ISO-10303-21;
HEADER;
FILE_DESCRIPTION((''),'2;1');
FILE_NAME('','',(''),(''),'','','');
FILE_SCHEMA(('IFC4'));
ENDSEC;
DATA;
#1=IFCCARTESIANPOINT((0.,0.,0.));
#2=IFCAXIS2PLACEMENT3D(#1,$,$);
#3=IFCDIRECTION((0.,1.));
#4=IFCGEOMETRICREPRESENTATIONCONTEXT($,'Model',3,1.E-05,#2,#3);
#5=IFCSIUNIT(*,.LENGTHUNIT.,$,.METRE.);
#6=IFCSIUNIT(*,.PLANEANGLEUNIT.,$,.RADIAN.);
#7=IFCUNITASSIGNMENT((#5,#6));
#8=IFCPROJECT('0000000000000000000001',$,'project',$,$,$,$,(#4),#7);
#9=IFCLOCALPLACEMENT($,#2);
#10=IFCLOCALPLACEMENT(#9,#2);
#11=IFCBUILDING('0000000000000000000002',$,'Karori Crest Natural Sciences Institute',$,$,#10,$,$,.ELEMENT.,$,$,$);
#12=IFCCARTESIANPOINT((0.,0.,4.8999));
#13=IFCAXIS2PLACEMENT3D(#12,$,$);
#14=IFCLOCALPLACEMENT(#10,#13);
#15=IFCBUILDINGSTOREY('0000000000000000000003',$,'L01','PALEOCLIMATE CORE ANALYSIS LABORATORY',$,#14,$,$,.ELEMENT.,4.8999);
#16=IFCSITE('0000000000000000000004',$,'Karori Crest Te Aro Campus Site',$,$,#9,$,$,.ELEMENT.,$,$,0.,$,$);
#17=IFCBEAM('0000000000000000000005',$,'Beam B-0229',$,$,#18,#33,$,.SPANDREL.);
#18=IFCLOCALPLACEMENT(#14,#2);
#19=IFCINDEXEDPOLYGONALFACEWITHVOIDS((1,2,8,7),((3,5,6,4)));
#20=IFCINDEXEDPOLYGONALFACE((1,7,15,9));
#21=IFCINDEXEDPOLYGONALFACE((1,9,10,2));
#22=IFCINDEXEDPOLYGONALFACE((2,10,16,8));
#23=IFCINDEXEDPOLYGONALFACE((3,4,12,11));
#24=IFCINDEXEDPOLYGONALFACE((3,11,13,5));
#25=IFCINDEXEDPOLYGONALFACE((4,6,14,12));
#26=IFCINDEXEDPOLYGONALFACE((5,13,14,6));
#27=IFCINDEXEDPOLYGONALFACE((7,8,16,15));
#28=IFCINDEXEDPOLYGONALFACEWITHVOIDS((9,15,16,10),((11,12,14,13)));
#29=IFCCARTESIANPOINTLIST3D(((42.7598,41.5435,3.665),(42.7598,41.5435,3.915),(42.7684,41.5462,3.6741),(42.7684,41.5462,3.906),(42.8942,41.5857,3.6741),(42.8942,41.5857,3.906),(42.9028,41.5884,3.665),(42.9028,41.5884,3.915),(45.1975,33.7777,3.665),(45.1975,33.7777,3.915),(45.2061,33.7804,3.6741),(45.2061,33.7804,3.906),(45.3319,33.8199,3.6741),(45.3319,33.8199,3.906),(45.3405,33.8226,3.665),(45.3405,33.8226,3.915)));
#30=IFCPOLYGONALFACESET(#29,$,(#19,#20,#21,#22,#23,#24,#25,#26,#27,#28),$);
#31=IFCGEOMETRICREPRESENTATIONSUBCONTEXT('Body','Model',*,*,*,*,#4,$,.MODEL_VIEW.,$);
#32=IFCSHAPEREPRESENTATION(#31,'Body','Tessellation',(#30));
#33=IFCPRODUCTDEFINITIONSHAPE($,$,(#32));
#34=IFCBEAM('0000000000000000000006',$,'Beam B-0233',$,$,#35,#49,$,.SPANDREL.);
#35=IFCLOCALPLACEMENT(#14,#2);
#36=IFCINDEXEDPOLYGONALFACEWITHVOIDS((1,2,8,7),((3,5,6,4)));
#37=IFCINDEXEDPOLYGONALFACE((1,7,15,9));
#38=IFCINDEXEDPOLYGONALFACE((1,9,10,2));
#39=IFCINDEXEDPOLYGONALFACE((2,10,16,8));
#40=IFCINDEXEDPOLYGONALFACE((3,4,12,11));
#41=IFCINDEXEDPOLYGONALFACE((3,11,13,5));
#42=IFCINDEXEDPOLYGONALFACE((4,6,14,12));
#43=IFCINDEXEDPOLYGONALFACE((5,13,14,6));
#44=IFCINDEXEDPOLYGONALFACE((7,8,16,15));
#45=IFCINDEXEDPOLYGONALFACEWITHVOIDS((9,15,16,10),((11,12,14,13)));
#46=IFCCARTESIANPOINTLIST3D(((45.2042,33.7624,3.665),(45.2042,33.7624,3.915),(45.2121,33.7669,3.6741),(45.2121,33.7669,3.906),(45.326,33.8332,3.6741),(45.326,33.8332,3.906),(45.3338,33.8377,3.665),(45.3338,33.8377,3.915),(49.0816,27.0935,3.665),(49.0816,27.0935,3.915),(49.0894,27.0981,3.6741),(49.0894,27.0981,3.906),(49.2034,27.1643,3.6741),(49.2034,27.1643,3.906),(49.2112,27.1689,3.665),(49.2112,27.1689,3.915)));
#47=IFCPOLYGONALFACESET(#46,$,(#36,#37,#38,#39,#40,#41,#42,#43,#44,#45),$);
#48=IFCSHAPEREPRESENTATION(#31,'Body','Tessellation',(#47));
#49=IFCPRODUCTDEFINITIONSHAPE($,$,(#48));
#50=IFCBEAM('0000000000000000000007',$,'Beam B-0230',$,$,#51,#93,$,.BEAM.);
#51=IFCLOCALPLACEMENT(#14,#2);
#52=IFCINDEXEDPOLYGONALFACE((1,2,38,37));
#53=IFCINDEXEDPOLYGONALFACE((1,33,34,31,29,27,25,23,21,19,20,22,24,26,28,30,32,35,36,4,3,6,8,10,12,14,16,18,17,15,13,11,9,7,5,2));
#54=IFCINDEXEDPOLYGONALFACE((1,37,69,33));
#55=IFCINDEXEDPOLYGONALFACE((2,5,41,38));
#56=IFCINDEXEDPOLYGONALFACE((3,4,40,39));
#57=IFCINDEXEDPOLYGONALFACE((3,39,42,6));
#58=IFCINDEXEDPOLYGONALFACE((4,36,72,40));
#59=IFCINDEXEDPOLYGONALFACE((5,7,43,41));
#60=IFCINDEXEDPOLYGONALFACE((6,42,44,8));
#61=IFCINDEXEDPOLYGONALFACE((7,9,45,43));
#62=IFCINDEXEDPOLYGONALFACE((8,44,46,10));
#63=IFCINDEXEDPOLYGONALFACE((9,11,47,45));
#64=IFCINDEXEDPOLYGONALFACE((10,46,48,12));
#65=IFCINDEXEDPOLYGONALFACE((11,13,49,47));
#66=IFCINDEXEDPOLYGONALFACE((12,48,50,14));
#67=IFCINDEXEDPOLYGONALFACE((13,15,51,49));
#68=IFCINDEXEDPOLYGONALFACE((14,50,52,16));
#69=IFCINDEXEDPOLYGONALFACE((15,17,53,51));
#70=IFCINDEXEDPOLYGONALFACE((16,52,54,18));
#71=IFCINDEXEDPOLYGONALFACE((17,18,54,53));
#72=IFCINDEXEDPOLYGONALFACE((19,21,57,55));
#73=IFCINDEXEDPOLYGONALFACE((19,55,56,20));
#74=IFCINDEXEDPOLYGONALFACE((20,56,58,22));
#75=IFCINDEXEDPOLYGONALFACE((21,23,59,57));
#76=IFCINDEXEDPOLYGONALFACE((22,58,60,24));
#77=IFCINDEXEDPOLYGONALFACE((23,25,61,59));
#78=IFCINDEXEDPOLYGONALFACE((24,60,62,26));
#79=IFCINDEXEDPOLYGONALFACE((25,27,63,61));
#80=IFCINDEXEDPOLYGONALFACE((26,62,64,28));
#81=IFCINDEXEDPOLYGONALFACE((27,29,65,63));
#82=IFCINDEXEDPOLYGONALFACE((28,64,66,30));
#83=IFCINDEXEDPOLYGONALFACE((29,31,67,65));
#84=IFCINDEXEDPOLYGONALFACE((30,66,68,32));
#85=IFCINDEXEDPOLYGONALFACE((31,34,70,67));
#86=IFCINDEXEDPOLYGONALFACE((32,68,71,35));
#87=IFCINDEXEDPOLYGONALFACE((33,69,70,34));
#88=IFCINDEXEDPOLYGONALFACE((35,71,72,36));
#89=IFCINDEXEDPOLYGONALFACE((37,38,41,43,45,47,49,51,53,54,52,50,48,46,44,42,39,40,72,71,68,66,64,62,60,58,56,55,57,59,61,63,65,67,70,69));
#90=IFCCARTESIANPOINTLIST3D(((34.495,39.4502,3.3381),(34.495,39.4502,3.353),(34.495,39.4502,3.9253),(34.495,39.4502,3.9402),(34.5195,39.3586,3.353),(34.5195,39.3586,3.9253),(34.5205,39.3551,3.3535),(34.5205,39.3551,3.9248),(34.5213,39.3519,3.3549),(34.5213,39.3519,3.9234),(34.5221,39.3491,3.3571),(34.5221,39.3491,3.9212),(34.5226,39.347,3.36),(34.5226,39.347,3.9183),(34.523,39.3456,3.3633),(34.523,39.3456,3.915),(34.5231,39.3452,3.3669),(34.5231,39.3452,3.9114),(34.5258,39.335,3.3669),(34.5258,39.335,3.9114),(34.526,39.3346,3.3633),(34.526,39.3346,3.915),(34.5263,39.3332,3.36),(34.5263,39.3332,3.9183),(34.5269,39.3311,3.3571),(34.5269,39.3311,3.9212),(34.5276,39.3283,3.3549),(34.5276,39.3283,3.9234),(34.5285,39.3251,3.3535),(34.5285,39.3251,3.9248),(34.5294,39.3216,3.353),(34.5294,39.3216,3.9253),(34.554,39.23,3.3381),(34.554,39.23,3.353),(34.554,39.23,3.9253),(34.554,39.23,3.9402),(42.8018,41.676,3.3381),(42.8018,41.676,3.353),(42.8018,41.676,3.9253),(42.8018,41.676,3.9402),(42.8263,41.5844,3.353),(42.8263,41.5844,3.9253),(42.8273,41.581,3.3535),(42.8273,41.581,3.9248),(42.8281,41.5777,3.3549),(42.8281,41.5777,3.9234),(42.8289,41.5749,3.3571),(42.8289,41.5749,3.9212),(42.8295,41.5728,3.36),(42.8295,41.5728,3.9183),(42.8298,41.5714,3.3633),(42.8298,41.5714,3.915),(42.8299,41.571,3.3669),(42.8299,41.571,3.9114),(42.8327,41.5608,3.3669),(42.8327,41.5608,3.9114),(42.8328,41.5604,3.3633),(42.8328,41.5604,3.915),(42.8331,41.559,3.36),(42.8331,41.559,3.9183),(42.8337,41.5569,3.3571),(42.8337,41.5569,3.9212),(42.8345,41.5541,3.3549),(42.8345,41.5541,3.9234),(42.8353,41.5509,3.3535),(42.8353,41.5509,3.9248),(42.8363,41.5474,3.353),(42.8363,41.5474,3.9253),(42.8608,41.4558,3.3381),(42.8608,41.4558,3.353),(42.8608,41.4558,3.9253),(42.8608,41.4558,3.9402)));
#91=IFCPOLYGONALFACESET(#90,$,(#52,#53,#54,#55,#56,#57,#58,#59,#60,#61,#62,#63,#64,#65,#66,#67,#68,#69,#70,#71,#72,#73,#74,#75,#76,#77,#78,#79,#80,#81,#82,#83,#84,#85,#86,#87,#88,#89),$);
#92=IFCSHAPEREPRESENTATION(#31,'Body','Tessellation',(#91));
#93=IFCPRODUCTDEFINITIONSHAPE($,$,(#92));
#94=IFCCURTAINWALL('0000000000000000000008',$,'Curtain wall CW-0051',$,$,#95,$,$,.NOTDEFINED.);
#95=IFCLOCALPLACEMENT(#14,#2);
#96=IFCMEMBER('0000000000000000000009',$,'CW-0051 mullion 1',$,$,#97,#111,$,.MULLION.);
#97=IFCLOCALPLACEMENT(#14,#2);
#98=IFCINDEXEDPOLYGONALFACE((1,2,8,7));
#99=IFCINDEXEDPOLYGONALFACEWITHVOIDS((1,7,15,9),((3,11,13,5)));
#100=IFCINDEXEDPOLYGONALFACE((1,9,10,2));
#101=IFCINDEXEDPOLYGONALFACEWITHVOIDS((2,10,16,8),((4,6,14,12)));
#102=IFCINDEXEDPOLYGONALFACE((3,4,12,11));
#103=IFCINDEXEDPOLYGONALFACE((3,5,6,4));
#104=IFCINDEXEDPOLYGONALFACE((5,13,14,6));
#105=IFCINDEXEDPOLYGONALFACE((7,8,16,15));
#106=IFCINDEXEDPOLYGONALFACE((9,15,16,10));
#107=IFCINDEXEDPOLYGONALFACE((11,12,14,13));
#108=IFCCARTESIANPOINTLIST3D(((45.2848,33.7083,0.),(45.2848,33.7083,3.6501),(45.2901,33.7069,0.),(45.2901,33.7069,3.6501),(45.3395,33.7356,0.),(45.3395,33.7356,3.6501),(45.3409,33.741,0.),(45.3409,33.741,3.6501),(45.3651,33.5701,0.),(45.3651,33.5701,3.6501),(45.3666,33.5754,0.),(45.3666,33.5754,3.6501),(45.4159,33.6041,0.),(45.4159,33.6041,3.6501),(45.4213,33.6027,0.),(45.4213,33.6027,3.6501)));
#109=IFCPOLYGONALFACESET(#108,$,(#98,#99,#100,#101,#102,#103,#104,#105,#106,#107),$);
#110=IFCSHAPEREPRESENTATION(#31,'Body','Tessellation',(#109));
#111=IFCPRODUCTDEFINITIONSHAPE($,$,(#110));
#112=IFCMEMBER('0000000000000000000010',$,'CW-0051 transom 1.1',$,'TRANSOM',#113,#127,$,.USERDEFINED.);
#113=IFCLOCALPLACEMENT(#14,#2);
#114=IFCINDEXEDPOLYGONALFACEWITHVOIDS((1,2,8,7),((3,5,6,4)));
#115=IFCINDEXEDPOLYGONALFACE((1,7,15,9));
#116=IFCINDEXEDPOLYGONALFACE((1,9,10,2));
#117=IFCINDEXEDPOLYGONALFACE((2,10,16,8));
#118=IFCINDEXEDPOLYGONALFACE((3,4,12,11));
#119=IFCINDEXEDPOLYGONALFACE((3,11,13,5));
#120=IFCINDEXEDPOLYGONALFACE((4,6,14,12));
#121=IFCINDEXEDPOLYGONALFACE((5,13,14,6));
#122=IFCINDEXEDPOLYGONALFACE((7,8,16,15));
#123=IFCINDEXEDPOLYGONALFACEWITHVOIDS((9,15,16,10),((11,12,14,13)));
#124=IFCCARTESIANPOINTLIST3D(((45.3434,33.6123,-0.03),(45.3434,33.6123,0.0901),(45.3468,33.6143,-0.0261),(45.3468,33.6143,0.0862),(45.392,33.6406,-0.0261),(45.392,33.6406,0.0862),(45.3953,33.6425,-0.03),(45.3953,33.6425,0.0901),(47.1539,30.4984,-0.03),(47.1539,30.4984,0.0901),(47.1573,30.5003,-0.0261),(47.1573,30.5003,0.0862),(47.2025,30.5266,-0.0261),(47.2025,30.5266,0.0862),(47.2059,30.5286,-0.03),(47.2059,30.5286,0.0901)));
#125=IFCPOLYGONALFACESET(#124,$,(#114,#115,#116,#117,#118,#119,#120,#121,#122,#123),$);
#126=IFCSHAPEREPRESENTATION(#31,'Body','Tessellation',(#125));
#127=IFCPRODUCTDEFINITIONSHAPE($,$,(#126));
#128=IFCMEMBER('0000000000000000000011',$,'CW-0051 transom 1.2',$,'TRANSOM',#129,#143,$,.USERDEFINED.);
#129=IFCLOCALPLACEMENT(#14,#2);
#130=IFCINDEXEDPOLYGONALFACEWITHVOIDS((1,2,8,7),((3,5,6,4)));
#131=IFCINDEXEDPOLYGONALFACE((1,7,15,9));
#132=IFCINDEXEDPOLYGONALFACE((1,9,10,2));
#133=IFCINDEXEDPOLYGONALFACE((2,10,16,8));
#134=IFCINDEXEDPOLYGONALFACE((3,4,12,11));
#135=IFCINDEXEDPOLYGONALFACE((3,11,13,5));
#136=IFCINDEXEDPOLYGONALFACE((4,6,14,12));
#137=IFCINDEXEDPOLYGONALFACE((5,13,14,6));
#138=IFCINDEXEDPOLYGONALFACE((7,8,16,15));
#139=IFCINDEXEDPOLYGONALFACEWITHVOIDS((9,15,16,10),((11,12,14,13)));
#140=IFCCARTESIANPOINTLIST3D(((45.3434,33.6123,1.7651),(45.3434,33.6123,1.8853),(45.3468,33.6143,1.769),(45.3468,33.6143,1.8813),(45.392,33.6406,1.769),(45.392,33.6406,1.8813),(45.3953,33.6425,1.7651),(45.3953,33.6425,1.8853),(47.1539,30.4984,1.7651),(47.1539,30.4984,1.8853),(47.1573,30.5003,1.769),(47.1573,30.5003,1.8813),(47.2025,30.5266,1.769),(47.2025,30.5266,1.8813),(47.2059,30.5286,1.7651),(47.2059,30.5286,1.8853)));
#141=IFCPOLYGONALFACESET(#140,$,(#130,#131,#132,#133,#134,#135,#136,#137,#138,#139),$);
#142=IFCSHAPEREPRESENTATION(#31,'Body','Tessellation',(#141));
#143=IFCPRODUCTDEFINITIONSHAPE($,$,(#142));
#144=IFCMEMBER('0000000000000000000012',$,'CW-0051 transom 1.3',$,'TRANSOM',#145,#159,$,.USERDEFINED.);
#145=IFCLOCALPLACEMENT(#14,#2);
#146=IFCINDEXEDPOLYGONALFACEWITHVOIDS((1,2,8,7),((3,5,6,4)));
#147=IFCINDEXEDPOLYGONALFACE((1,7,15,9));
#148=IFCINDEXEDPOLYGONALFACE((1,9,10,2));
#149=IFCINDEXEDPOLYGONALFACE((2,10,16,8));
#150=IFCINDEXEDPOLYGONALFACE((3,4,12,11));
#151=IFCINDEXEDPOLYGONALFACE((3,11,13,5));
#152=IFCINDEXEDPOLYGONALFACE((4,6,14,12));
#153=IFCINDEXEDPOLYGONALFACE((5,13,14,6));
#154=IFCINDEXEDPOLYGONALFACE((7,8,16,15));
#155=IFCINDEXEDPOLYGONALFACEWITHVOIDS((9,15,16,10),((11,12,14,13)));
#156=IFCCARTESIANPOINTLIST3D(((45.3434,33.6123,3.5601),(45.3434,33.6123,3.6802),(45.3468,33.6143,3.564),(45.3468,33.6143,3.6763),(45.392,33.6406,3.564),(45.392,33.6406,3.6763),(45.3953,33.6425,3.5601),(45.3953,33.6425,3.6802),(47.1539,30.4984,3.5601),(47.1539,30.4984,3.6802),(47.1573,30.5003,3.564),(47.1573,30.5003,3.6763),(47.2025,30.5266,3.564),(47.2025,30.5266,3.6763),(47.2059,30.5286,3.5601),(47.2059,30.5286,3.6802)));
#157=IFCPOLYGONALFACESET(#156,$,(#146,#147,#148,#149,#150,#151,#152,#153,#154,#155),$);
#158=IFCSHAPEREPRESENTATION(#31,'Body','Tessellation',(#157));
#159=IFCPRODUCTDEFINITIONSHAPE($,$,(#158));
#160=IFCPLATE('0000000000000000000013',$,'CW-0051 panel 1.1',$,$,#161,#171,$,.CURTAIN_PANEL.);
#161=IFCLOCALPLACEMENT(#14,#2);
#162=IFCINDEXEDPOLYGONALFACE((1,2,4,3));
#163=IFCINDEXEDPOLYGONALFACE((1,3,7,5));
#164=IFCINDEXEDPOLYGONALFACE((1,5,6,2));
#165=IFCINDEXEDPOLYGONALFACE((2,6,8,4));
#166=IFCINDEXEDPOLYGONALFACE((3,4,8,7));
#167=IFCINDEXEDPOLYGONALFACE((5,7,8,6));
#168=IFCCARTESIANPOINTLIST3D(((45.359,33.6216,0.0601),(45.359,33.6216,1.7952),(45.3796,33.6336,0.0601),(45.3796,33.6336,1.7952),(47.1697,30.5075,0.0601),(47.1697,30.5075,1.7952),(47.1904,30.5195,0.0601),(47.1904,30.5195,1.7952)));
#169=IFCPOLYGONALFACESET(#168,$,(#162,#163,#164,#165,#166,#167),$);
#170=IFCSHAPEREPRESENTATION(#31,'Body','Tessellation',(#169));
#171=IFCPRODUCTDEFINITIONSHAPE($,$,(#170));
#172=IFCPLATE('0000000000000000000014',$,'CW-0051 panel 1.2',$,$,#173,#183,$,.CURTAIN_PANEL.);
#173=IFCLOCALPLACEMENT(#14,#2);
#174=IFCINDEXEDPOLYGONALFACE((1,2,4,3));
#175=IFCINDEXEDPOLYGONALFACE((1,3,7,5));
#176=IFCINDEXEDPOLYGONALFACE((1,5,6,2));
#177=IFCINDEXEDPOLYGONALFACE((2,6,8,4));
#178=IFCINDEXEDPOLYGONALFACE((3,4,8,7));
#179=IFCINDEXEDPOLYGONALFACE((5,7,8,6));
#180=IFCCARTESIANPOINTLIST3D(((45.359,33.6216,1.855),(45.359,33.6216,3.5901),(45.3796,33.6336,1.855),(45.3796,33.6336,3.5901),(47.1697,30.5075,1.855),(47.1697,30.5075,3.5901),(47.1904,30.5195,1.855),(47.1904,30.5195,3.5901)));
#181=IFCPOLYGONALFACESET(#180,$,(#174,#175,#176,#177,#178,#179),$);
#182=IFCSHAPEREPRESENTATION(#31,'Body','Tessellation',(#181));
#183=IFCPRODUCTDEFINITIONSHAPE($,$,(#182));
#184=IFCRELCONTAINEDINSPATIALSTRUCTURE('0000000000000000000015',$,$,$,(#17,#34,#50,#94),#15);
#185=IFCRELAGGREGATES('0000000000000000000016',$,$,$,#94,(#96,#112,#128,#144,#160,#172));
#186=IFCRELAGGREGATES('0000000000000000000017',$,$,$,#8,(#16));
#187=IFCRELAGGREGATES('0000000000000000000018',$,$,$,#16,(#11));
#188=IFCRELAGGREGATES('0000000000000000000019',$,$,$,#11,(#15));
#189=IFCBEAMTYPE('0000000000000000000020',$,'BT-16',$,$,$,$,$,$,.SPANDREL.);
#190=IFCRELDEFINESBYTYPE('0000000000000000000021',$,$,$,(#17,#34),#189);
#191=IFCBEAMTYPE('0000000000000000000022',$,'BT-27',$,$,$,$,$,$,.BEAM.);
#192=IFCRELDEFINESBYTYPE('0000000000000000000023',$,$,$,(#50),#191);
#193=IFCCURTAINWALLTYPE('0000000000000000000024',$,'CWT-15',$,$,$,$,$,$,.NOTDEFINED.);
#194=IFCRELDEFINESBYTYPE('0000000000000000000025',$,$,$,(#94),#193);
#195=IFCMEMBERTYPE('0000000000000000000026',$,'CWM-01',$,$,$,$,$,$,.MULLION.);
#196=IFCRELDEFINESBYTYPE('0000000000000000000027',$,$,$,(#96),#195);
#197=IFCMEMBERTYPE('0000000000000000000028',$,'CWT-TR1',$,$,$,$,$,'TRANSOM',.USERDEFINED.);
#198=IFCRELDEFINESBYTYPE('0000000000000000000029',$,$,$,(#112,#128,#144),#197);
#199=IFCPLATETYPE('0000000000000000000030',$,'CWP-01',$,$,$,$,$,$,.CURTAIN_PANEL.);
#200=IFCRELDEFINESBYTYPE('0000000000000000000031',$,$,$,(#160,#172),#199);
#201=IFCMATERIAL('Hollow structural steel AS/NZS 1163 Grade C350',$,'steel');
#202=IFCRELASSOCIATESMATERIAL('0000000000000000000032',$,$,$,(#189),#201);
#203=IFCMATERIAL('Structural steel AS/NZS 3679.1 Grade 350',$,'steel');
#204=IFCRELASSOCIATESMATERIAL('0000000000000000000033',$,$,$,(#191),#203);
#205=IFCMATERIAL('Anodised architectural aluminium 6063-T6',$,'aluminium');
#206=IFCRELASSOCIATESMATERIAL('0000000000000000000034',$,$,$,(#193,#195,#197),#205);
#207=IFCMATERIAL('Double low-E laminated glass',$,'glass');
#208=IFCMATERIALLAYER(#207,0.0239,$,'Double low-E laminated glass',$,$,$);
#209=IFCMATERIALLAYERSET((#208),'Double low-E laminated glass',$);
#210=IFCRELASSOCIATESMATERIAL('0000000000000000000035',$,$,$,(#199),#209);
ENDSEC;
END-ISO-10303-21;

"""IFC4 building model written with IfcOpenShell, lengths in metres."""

from ifc_helpers import new_model, si_unit, direction, frame, origin, origin_2d, place, context, subcontext, project, spatial, rectangle, hollow_rectangle, i_section, extrude, material, layer, layer_set, material_profile, profile_set, type_object, element, aggregate, save


model = new_model("IFC4")

# Units and contexts
model_context = context("Model", 3, precision=1e-05, world=origin(), true_north=direction((0.0, 1.0)))
body_context = subcontext(model_context, "Body", "Model", "MODEL_VIEW")
ifc_project = project(units=[si_unit("LENGTHUNIT", "METRE"), si_unit("PLANEANGLEUNIT", "RADIAN")], contexts=[model_context])

# Site, building, storey
site_placement = place(None, origin())
site = spatial("IfcSite", under=ifc_project, at=site_placement, Name="Karori Crest Te Aro Campus Site", CompositionType="ELEMENT", RefElevation=0.0)
building_placement = place(site_placement, origin())
building = spatial("IfcBuilding", under=site, at=building_placement, Name="Karori Crest Natural Sciences Institute", CompositionType="ELEMENT")
storey_placement = place(building_placement, frame((0.0, 0.0, 4.8999)))
storey = spatial("IfcBuildingStorey", under=building, at=storey_placement, Name="L01", Description="PALEOCLIMATE CORE ANALYSIS LABORATORY", CompositionType="ELEMENT", Elevation=4.8999)

# Shared definitions
ifc_material_1 = material(Name="Hollow structural steel AS/NZS 1163 Grade C350", Category="steel")
ifc_material_2 = material(Name="Structural steel AS/NZS 3679.1 Grade 350", Category="steel")

# Beams
ifc_material_profile_1 = material_profile(ifc_material_1, hollow_rectangle(XDim=0.1499, YDim=0.25, WallThickness=0.009, at=origin_2d()), Name="RHS250x150x9")
ifc_profile_set_1 = profile_set([ifc_material_profile_1], Name="Hollow structural steel AS/NZS 1163 Grade C350")
beam_type_1 = type_object("IfcBeamType", Name="BT-16", PredefinedType="SPANDREL", material=ifc_profile_set_1)
beam_1_placement = place(storey_placement, frame((42.8313, 41.5659, 3.79), z_axis=(0.299496, -0.954098, 0.0), x_axis=(0.954098, 0.299496, 0.0)))
element("IfcBeam", 1, at=beam_1_placement, inside=storey, type_object=beam_type_1, Name="Beam B-0229", PredefinedType="SPANDREL", context=body_context, shape_type="SweptSolid", body=[
    extrude(hollow_rectangle(XDim=0.1499, YDim=0.25, WallThickness=0.009, at=origin_2d()), origin(), (0.0, 0.0, 1.0), 8.1394),
])
beam_2_placement = place(storey_placement, frame((45.269, 33.8, 3.79), z_axis=(0.502635, -0.864499, 0.0), x_axis=(0.864499, 0.502635, 0.0)))
element("IfcBeam", 2, at=beam_2_placement, inside=storey, type_object=beam_type_1, Name="Beam B-0233", PredefinedType="SPANDREL", context=body_context, shape_type="SweptSolid", body=[
    extrude(hollow_rectangle(XDim=0.1499, YDim=0.25, WallThickness=0.009, at=origin_2d()), origin(), (0.0, 0.0, 1.0), 7.7141),
])
ifc_material_profile_2 = material_profile(ifc_material_2, i_section(OverallWidth=0.228, OverallDepth=0.6021, WebThickness=0.0105, FlangeThickness=0.0149, FilletRadius=0.0139, at=origin_2d()), Name="610UB101")
ifc_profile_set_2 = profile_set([ifc_material_profile_2], Name="Structural steel AS/NZS 3679.1 Grade 350")
beam_type_2 = type_object("IfcBeamType", Name="BT-27", PredefinedType="BEAM", material=ifc_profile_set_2)
beam_3_placement = place(storey_placement, frame((42.8313, 41.5659, 3.6392), z_axis=(-0.965926, -0.25882, 0.0), x_axis=(0.25882, -0.965926, 0.0)))
element("IfcBeam", 3, at=beam_3_placement, inside=storey, type_object=beam_type_2, Name="Beam B-0230", PredefinedType="BEAM", context=body_context, shape_type="SweptSolid", body=[
    extrude(i_section(OverallWidth=0.228, OverallDepth=0.6021, WebThickness=0.0105, FlangeThickness=0.0149, FilletRadius=0.0139, at=origin_2d()), origin(), (0.0, 0.0, 1.0), 8.5999),
])

# Curtain wall, members, plates
ifc_material_3 = material(Name="Anodised architectural aluminium 6063-T6", Category="aluminium")
curtain_wall_type = type_object("IfcCurtainWallType", Name="CWT-15", PredefinedType="NOTDEFINED", material=ifc_material_3)
curtain_wall_placement = place(storey_placement, origin())
curtain_wall = element("IfcCurtainWall", 4, at=curtain_wall_placement, inside=storey, type_object=curtain_wall_type, Name="Curtain wall CW-0051", PredefinedType="NOTDEFINED")
ifc_material_profile_3 = material_profile(ifc_material_3, hollow_rectangle(XDim=0.0649, YDim=0.1599, WallThickness=0.0039, at=origin_2d()), Name="CWM160x65x4")
ifc_profile_set_3 = profile_set([ifc_material_profile_3], Name="Anodised architectural aluminium 6063-T6")
member_type_1 = type_object("IfcMemberType", Name="CWM-01", PredefinedType="MULLION", material=ifc_profile_set_3)
member_1_placement = place(storey_placement, frame((45.353, 33.6555, 0.0), z_axis=(0.0, 0.0, 1.0), x_axis=(0.864484, 0.50266, 0.0)))
member_1 = element("IfcMember", 5, at=member_1_placement, type_object=member_type_1, Name="CW-0051 mullion 1", PredefinedType="MULLION", context=body_context, shape_type="SweptSolid", body=[
    extrude(hollow_rectangle(XDim=0.0649, YDim=0.1599, WallThickness=0.0039, at=origin_2d()), origin(), (0.0, 0.0, 1.0), 3.6501),
])
ifc_material_profile_4 = material_profile(ifc_material_3, hollow_rectangle(XDim=0.0601, YDim=0.1201, WallThickness=0.0039, at=origin_2d()), Name="CWT120x60x4")
ifc_profile_set_4 = profile_set([ifc_material_profile_4], Name="Anodised architectural aluminium 6063-T6")
member_type_2 = type_object("IfcMemberType", Name="CWT-TR1", ElementType="TRANSOM", PredefinedType="USERDEFINED", material=ifc_profile_set_4)
member_2_placement = place(storey_placement, frame((45.3694, 33.6274, 0.03), z_axis=(0.502636, -0.864498, 0.0), x_axis=(0.864498, 0.502636, 0.0)))
member_2 = element("IfcMember", 6, at=member_2_placement, type_object=member_type_2, Name="CW-0051 transom 1.1", ObjectType="TRANSOM", PredefinedType="USERDEFINED", context=body_context, shape_type="SweptSolid", body=[
    extrude(hollow_rectangle(XDim=0.0601, YDim=0.1201, WallThickness=0.0039, at=origin_2d()), origin(), (0.0, 0.0, 1.0), 3.6021),
])
member_3_placement = place(storey_placement, frame((45.3694, 33.6274, 1.8252), z_axis=(0.502636, -0.864498, 0.0), x_axis=(0.864498, 0.502636, 0.0)))
member_3 = element("IfcMember", 7, at=member_3_placement, type_object=member_type_2, Name="CW-0051 transom 1.2", ObjectType="TRANSOM", PredefinedType="USERDEFINED", context=body_context, shape_type="SweptSolid", body=[
    extrude(hollow_rectangle(XDim=0.0601, YDim=0.1201, WallThickness=0.0039, at=origin_2d()), origin(), (0.0, 0.0, 1.0), 3.6021),
])
member_4_placement = place(storey_placement, frame((45.3694, 33.6274, 3.6201), z_axis=(0.502636, -0.864498, 0.0), x_axis=(0.864498, 0.502636, 0.0)))
member_4 = element("IfcMember", 8, at=member_4_placement, type_object=member_type_2, Name="CW-0051 transom 1.3", ObjectType="TRANSOM", PredefinedType="USERDEFINED", context=body_context, shape_type="SweptSolid", body=[
    extrude(hollow_rectangle(XDim=0.0601, YDim=0.1201, WallThickness=0.0039, at=origin_2d()), origin(), (0.0, 0.0, 1.0), 3.6021),
])
ifc_material_4 = material(Name="Double low-E laminated glass", Category="glass")
ifc_layer_1 = layer(ifc_material_4, 0.0239, Name="Double low-E laminated glass")
ifc_layer_set_1 = layer_set([ifc_layer_1], Name="Double low-E laminated glass")
plate_type = type_object("IfcPlateType", Name="CWP-01", PredefinedType="CURTAIN_PANEL", material=ifc_layer_set_1)
plate_1_placement = place(storey_placement, frame((46.2747, 32.0706, 0.0601), z_axis=(0.0, 0.0, 1.0), x_axis=(0.50266, -0.864484, 0.0)))
plate_1 = element("IfcPlate", 9, at=plate_1_placement, type_object=plate_type, Name="CW-0051 panel 1.1", PredefinedType="CURTAIN_PANEL", context=body_context, shape_type="SweptSolid", body=[
    extrude(rectangle(XDim=3.6023, YDim=0.0239, at=origin_2d()), origin(), (0.0, 0.0, 1.0), 1.7351),
])
plate_2_placement = place(storey_placement, frame((46.2747, 32.0706, 1.855), z_axis=(0.0, 0.0, 1.0), x_axis=(0.50266, -0.864484, 0.0)))
plate_2 = element("IfcPlate", 10, at=plate_2_placement, type_object=plate_type, Name="CW-0051 panel 1.2", PredefinedType="CURTAIN_PANEL", context=body_context, shape_type="SweptSolid", body=[
    extrude(rectangle(XDim=3.6023, YDim=0.0239, at=origin_2d()), origin(), (0.0, 0.0, 1.0), 1.7351),
])
aggregate(curtain_wall, [member_1, member_2, member_3, member_4, plate_1, plate_2])

save(model, "model.ifc")
